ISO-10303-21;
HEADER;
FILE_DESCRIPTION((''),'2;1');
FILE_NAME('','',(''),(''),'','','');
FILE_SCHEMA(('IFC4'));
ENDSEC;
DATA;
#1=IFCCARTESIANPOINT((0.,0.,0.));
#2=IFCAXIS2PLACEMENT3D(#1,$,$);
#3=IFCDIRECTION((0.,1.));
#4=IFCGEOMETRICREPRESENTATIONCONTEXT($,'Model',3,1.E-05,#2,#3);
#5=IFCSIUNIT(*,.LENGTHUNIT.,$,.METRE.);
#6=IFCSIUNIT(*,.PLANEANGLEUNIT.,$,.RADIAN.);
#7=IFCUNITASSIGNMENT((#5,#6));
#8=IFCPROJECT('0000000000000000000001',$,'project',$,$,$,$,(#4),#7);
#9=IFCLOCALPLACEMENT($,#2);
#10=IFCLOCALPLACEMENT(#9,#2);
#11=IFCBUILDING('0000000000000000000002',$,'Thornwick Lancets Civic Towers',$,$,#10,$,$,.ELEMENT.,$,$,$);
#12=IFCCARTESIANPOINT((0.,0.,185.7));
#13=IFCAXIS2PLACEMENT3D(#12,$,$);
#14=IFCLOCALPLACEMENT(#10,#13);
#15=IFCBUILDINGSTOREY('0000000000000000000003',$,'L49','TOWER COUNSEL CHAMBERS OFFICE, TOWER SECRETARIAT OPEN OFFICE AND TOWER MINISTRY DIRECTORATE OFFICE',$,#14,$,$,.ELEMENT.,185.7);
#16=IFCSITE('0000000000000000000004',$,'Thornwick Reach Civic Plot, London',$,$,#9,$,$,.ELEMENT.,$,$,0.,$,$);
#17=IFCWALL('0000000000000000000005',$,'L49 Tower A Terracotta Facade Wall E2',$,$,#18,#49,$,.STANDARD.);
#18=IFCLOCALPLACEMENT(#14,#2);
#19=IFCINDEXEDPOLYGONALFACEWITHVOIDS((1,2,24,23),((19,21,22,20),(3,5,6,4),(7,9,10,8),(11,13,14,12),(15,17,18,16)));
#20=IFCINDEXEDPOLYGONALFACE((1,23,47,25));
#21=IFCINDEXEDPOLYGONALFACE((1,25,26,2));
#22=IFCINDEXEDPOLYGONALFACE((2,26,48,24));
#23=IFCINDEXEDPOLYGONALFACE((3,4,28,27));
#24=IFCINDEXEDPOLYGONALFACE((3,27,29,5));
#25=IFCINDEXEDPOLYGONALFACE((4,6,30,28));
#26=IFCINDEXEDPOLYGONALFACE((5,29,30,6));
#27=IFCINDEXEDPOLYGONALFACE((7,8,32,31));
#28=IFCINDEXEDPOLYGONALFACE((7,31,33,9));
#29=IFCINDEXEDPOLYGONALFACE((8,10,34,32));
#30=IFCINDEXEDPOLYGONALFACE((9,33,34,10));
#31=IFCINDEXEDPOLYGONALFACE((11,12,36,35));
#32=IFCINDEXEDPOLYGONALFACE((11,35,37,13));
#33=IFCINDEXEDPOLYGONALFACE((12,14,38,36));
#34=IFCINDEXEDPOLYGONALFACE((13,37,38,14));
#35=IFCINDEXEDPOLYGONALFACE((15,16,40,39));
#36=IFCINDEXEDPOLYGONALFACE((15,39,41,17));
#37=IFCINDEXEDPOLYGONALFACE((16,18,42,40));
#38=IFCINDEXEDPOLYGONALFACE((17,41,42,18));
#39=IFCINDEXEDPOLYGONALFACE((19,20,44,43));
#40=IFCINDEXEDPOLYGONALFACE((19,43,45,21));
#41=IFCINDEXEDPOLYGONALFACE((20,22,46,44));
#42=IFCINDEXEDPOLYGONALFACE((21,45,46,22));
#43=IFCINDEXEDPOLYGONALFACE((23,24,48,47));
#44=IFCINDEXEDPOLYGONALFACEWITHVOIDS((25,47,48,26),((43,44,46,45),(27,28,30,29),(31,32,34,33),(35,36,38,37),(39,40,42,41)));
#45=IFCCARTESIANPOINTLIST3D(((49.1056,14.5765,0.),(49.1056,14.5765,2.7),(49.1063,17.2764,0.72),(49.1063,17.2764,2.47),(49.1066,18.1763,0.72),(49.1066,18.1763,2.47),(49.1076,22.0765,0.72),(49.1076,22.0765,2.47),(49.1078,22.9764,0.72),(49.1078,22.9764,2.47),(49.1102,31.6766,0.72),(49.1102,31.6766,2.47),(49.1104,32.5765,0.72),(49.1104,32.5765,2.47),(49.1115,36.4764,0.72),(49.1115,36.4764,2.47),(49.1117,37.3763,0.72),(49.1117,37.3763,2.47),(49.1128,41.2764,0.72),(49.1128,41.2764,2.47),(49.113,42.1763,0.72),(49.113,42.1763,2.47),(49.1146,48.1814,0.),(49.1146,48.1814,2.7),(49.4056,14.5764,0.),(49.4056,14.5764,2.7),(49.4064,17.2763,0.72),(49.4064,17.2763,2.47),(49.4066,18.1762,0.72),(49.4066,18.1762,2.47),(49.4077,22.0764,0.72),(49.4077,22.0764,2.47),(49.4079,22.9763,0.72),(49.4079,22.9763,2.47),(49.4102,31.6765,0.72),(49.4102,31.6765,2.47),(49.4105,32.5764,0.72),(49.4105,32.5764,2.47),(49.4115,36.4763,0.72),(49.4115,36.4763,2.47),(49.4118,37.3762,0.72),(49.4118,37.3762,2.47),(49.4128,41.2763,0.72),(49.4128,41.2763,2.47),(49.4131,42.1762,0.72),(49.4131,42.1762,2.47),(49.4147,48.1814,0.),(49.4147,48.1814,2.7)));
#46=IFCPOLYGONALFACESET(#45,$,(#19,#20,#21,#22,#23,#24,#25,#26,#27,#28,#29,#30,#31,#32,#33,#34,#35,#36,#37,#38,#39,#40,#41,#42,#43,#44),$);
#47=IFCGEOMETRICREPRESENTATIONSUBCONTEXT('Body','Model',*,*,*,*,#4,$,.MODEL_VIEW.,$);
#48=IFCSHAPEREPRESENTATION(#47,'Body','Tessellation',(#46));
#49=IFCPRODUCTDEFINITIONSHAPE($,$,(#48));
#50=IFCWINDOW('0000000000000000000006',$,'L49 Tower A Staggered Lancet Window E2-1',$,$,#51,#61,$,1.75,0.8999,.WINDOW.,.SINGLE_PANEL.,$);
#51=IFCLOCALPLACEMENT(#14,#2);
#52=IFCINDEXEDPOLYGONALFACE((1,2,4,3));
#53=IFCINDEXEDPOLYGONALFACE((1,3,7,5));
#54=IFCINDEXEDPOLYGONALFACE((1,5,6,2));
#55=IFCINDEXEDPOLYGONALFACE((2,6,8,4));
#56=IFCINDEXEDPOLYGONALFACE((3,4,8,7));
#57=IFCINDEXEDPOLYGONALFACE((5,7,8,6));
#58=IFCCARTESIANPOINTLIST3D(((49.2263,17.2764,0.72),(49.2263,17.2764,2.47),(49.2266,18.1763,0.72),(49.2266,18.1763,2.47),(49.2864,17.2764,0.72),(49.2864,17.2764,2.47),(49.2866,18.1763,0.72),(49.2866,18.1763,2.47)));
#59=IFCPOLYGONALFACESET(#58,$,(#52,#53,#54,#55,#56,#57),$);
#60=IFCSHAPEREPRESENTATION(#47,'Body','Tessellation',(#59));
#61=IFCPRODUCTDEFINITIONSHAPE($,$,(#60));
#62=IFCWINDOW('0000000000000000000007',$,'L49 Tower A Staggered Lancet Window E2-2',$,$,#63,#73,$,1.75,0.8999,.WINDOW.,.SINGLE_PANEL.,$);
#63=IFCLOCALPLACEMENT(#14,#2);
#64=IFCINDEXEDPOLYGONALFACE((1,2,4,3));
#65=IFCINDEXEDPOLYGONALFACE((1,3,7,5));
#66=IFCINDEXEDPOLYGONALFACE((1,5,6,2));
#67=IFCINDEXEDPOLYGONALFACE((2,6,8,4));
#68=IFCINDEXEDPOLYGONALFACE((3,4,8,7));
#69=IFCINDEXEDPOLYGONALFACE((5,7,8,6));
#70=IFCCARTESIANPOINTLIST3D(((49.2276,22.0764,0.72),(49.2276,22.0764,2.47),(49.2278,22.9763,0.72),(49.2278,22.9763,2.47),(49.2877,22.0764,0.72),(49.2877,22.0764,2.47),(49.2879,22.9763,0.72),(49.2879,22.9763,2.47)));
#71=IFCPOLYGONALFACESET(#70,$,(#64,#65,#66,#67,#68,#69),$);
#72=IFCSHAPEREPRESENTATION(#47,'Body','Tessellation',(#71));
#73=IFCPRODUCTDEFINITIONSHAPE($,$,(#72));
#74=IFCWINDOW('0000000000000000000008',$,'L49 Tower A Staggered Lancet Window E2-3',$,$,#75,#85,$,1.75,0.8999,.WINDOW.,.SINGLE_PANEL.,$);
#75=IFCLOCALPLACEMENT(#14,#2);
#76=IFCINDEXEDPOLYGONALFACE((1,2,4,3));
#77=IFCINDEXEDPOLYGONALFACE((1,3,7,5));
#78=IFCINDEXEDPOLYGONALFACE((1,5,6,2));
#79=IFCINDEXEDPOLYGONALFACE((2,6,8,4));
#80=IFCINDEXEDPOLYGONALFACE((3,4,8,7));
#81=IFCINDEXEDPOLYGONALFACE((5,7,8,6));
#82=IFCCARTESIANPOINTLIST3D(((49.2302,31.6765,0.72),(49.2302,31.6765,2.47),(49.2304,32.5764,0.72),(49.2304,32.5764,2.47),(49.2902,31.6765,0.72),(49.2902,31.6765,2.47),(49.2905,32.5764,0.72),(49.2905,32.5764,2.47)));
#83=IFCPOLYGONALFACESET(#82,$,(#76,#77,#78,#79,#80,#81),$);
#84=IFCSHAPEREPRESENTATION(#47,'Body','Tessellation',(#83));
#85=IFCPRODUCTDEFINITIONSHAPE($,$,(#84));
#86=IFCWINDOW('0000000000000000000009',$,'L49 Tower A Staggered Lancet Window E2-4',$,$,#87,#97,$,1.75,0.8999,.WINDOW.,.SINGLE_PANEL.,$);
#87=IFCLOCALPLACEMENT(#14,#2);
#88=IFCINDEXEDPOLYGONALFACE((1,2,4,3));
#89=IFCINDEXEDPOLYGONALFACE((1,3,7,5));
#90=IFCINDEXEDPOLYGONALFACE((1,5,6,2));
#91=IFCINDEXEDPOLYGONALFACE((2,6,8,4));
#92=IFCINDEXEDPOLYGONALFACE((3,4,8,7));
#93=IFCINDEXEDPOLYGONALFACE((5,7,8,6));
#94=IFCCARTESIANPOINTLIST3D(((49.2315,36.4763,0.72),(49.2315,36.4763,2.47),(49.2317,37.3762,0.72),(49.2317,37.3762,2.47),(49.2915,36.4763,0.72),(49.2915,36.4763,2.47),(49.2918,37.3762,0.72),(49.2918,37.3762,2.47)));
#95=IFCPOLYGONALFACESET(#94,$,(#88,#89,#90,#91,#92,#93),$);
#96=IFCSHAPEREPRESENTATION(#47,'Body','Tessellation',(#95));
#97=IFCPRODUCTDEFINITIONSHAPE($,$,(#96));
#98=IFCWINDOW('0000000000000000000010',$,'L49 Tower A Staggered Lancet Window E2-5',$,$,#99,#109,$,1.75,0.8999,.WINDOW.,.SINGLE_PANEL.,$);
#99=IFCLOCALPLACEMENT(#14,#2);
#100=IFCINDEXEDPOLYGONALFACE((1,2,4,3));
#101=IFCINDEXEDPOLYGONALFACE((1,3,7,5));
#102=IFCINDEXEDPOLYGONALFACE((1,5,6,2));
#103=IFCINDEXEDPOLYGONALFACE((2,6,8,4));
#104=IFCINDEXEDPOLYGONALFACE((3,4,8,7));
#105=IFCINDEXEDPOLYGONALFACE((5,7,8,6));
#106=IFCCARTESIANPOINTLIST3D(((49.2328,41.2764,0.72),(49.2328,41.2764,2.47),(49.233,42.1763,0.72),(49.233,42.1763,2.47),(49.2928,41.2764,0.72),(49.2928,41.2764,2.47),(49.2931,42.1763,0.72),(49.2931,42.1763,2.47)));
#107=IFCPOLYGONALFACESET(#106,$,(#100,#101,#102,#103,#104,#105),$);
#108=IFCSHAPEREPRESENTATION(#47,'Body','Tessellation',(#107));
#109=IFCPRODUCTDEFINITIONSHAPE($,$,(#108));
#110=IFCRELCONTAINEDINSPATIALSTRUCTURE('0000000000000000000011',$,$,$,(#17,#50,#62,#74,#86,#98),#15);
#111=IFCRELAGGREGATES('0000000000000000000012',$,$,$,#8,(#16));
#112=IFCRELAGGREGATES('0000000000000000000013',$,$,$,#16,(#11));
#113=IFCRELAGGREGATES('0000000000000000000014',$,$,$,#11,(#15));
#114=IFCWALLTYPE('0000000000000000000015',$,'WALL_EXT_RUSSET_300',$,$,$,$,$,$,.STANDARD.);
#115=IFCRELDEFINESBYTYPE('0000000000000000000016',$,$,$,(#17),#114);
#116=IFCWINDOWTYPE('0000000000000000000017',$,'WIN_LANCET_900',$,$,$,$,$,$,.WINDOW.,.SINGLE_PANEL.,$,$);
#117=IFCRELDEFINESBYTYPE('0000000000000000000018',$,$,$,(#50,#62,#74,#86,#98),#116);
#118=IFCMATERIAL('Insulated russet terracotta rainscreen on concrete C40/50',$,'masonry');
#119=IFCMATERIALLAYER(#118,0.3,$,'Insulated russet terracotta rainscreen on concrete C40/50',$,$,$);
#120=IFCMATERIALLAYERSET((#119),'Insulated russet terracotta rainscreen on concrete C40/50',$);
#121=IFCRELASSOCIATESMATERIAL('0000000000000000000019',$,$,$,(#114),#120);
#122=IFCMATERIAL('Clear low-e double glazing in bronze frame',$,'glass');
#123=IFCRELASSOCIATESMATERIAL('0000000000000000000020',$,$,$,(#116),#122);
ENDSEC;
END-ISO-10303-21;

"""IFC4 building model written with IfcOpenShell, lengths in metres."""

from ifc_helpers import new_model, si_unit, direction, frame, frame_2d, origin, place, context, subcontext, project, spatial, rectangle, extrude, material, layer, layer_set, type_object, element, fill, save


model = new_model("IFC4")

# Units and contexts
model_context = context("Model", 3, precision=1e-05, world=origin(), true_north=direction((0.0, 1.0)))
body_context = subcontext(model_context, "Body", "Model", "MODEL_VIEW")
ifc_project = project(units=[si_unit("LENGTHUNIT", "METRE"), si_unit("PLANEANGLEUNIT", "RADIAN")], contexts=[model_context])

# Site, building, storey
site_placement = place(None, origin())
site = spatial("IfcSite", under=ifc_project, at=site_placement, Name="Thornwick Reach Civic Plot, London", CompositionType="ELEMENT", RefElevation=0.0)
building_placement = place(site_placement, origin())
building = spatial("IfcBuilding", under=site, at=building_placement, Name="Thornwick Lancets Civic Towers", CompositionType="ELEMENT")
storey_placement = place(building_placement, frame((0.0, 0.0, 185.7)))
storey = spatial("IfcBuildingStorey", under=building, at=storey_placement, Name="L49", Description="TOWER COUNSEL CHAMBERS OFFICE, TOWER SECRETARIAT OPEN OFFICE AND TOWER MINISTRY DIRECTORATE OFFICE", CompositionType="ELEMENT", Elevation=185.7)

# Wall, openings, windows
ifc_material_1 = material(Name="Insulated russet terracotta rainscreen on concrete C40/50", Category="masonry")
ifc_layer_1 = layer(ifc_material_1, 0.3, Name="Insulated russet terracotta rainscreen on concrete C40/50")
ifc_layer_set_1 = layer_set([ifc_layer_1], Name="Insulated russet terracotta rainscreen on concrete C40/50")
wall_type_1 = type_object("IfcWallType", Name="WALL_EXT_RUSSET_300", PredefinedType="STANDARD", material=ifc_layer_set_1)
wall_1_placement = place(storey_placement, frame((49.2556, 14.5764, 0.0), z_axis=(0.0, 0.0, 1.0), x_axis=(0.000269, 1.0, 0.0)))
wall_1 = element("IfcWall", 1, at=wall_1_placement, inside=storey, type_object=wall_type_1, Name="L49 Tower A Terracotta Facade Wall E2", PredefinedType="STANDARD", context=body_context, shape_type="SweptSolid", body=[
    extrude(rectangle(XDim=33.605, YDim=0.3, at=frame_2d((16.8025, 0.0))), origin(), (0.0, 0.0, 1.0), 2.7),
])
opening_1_placement = place(wall_1_placement, frame((2.7, 0.0, 0.72)))
opening_1 = element("IfcOpeningElement", 2, at=opening_1_placement, cuts=wall_1, PredefinedType="OPENING", context=body_context, shape_type="SweptSolid", body=[
    extrude(rectangle(XDim=0.8999, YDim=1.75, at=frame_2d((0.45, 0.875))), frame((0.0, 0.1602, 0.0), z_axis=(0.0, -1.0, 0.0), x_axis=(1.0, 0.0, 0.0)), (0.0, 0.0, 1.0), 0.3201),
])
opening_2_placement = place(wall_1_placement, frame((7.5, 0.0, 0.72)))
opening_2 = element("IfcOpeningElement", 3, at=opening_2_placement, cuts=wall_1, PredefinedType="OPENING", context=body_context, shape_type="SweptSolid", body=[
    extrude(rectangle(XDim=0.8999, YDim=1.75, at=frame_2d((0.45, 0.875))), frame((0.0, 0.1602, 0.0), z_axis=(0.0, -1.0, 0.0), x_axis=(1.0, 0.0, 0.0)), (0.0, 0.0, 1.0), 0.3201),
])
opening_3_placement = place(wall_1_placement, frame((17.1001, 0.0, 0.72)))
opening_3 = element("IfcOpeningElement", 4, at=opening_3_placement, cuts=wall_1, PredefinedType="OPENING", context=body_context, shape_type="SweptSolid", body=[
    extrude(rectangle(XDim=0.8999, YDim=1.75, at=frame_2d((0.45, 0.875))), frame((0.0, 0.1602, 0.0), z_axis=(0.0, -1.0, 0.0), x_axis=(1.0, 0.0, 0.0)), (0.0, 0.0, 1.0), 0.3201),
])
opening_4_placement = place(wall_1_placement, frame((21.8999, 0.0, 0.72)))
opening_4 = element("IfcOpeningElement", 5, at=opening_4_placement, cuts=wall_1, PredefinedType="OPENING", context=body_context, shape_type="SweptSolid", body=[
    extrude(rectangle(XDim=0.8999, YDim=1.75, at=frame_2d((0.45, 0.875))), frame((0.0, 0.1602, 0.0), z_axis=(0.0, -1.0, 0.0), x_axis=(1.0, 0.0, 0.0)), (0.0, 0.0, 1.0), 0.3201),
])
opening_5_placement = place(wall_1_placement, frame((26.7, 0.0, 0.72)))
opening_5 = element("IfcOpeningElement", 6, at=opening_5_placement, cuts=wall_1, PredefinedType="OPENING", context=body_context, shape_type="SweptSolid", body=[
    extrude(rectangle(XDim=0.8999, YDim=1.75, at=frame_2d((0.45, 0.875))), frame((0.0, 0.1602, 0.0), z_axis=(0.0, -1.0, 0.0), x_axis=(1.0, 0.0, 0.0)), (0.0, 0.0, 1.0), 0.3201),
])
ifc_material_2 = material(Name="Clear low-e double glazing in bronze frame", Category="glass")
window_type = type_object("IfcWindowType", Name="WIN_LANCET_900", PartitioningType="SINGLE_PANEL", PredefinedType="WINDOW", material=ifc_material_2)
window_1_placement = place(opening_1_placement, origin())
window_1 = element("IfcWindow", 7, at=window_1_placement, inside=storey, type_object=window_type, Name="L49 Tower A Staggered Lancet Window E2-1", OverallHeight=1.75, OverallWidth=0.8999, PartitioningType="SINGLE_PANEL", PredefinedType="WINDOW", context=body_context, shape_type="SweptSolid", body=[
    extrude(rectangle(XDim=0.8999, YDim=1.75, at=frame_2d((0.45, 0.875))), frame((0.0, 0.03, 0.0), z_axis=(0.0, -1.0, 0.0), x_axis=(1.0, 0.0, 0.0)), (0.0, 0.0, 1.0), 0.0601),
])
fill(opening_1, window_1)
window_2_placement = place(opening_2_placement, origin())
window_2 = element("IfcWindow", 8, at=window_2_placement, inside=storey, type_object=window_type, Name="L49 Tower A Staggered Lancet Window E2-2", OverallHeight=1.75, OverallWidth=0.8999, PartitioningType="SINGLE_PANEL", PredefinedType="WINDOW", context=body_context, shape_type="SweptSolid", body=[
    extrude(rectangle(XDim=0.8999, YDim=1.75, at=frame_2d((0.45, 0.875))), frame((0.0, 0.03, 0.0), z_axis=(0.0, -1.0, 0.0), x_axis=(1.0, 0.0, 0.0)), (0.0, 0.0, 1.0), 0.0601),
])
fill(opening_2, window_2)
window_3_placement = place(opening_3_placement, origin())
window_3 = element("IfcWindow", 9, at=window_3_placement, inside=storey, type_object=window_type, Name="L49 Tower A Staggered Lancet Window E2-3", OverallHeight=1.75, OverallWidth=0.8999, PartitioningType="SINGLE_PANEL", PredefinedType="WINDOW", context=body_context, shape_type="SweptSolid", body=[
    extrude(rectangle(XDim=0.8999, YDim=1.75, at=frame_2d((0.45, 0.875))), frame((0.0, 0.03, 0.0), z_axis=(0.0, -1.0, 0.0), x_axis=(1.0, 0.0, 0.0)), (0.0, 0.0, 1.0), 0.0601),
])
fill(opening_3, window_3)
window_4_placement = place(opening_4_placement, origin())
window_4 = element("IfcWindow", 10, at=window_4_placement, inside=storey, type_object=window_type, Name="L49 Tower A Staggered Lancet Window E2-4", OverallHeight=1.75, OverallWidth=0.8999, PartitioningType="SINGLE_PANEL", PredefinedType="WINDOW", context=body_context, shape_type="SweptSolid", body=[
    extrude(rectangle(XDim=0.8999, YDim=1.75, at=frame_2d((0.45, 0.875))), frame((0.0, 0.03, 0.0), z_axis=(0.0, -1.0, 0.0), x_axis=(1.0, 0.0, 0.0)), (0.0, 0.0, 1.0), 0.0601),
])
fill(opening_4, window_4)
window_5_placement = place(opening_5_placement, origin())
window_5 = element("IfcWindow", 11, at=window_5_placement, inside=storey, type_object=window_type, Name="L49 Tower A Staggered Lancet Window E2-5", OverallHeight=1.75, OverallWidth=0.8999, PartitioningType="SINGLE_PANEL", PredefinedType="WINDOW", context=body_context, shape_type="SweptSolid", body=[
    extrude(rectangle(XDim=0.8999, YDim=1.75, at=frame_2d((0.45, 0.875))), frame((0.0, 0.03, 0.0), z_axis=(0.0, -1.0, 0.0), x_axis=(1.0, 0.0, 0.0)), (0.0, 0.0, 1.0), 0.0601),
])
fill(opening_5, window_5)

save(model, "model.ifc")
